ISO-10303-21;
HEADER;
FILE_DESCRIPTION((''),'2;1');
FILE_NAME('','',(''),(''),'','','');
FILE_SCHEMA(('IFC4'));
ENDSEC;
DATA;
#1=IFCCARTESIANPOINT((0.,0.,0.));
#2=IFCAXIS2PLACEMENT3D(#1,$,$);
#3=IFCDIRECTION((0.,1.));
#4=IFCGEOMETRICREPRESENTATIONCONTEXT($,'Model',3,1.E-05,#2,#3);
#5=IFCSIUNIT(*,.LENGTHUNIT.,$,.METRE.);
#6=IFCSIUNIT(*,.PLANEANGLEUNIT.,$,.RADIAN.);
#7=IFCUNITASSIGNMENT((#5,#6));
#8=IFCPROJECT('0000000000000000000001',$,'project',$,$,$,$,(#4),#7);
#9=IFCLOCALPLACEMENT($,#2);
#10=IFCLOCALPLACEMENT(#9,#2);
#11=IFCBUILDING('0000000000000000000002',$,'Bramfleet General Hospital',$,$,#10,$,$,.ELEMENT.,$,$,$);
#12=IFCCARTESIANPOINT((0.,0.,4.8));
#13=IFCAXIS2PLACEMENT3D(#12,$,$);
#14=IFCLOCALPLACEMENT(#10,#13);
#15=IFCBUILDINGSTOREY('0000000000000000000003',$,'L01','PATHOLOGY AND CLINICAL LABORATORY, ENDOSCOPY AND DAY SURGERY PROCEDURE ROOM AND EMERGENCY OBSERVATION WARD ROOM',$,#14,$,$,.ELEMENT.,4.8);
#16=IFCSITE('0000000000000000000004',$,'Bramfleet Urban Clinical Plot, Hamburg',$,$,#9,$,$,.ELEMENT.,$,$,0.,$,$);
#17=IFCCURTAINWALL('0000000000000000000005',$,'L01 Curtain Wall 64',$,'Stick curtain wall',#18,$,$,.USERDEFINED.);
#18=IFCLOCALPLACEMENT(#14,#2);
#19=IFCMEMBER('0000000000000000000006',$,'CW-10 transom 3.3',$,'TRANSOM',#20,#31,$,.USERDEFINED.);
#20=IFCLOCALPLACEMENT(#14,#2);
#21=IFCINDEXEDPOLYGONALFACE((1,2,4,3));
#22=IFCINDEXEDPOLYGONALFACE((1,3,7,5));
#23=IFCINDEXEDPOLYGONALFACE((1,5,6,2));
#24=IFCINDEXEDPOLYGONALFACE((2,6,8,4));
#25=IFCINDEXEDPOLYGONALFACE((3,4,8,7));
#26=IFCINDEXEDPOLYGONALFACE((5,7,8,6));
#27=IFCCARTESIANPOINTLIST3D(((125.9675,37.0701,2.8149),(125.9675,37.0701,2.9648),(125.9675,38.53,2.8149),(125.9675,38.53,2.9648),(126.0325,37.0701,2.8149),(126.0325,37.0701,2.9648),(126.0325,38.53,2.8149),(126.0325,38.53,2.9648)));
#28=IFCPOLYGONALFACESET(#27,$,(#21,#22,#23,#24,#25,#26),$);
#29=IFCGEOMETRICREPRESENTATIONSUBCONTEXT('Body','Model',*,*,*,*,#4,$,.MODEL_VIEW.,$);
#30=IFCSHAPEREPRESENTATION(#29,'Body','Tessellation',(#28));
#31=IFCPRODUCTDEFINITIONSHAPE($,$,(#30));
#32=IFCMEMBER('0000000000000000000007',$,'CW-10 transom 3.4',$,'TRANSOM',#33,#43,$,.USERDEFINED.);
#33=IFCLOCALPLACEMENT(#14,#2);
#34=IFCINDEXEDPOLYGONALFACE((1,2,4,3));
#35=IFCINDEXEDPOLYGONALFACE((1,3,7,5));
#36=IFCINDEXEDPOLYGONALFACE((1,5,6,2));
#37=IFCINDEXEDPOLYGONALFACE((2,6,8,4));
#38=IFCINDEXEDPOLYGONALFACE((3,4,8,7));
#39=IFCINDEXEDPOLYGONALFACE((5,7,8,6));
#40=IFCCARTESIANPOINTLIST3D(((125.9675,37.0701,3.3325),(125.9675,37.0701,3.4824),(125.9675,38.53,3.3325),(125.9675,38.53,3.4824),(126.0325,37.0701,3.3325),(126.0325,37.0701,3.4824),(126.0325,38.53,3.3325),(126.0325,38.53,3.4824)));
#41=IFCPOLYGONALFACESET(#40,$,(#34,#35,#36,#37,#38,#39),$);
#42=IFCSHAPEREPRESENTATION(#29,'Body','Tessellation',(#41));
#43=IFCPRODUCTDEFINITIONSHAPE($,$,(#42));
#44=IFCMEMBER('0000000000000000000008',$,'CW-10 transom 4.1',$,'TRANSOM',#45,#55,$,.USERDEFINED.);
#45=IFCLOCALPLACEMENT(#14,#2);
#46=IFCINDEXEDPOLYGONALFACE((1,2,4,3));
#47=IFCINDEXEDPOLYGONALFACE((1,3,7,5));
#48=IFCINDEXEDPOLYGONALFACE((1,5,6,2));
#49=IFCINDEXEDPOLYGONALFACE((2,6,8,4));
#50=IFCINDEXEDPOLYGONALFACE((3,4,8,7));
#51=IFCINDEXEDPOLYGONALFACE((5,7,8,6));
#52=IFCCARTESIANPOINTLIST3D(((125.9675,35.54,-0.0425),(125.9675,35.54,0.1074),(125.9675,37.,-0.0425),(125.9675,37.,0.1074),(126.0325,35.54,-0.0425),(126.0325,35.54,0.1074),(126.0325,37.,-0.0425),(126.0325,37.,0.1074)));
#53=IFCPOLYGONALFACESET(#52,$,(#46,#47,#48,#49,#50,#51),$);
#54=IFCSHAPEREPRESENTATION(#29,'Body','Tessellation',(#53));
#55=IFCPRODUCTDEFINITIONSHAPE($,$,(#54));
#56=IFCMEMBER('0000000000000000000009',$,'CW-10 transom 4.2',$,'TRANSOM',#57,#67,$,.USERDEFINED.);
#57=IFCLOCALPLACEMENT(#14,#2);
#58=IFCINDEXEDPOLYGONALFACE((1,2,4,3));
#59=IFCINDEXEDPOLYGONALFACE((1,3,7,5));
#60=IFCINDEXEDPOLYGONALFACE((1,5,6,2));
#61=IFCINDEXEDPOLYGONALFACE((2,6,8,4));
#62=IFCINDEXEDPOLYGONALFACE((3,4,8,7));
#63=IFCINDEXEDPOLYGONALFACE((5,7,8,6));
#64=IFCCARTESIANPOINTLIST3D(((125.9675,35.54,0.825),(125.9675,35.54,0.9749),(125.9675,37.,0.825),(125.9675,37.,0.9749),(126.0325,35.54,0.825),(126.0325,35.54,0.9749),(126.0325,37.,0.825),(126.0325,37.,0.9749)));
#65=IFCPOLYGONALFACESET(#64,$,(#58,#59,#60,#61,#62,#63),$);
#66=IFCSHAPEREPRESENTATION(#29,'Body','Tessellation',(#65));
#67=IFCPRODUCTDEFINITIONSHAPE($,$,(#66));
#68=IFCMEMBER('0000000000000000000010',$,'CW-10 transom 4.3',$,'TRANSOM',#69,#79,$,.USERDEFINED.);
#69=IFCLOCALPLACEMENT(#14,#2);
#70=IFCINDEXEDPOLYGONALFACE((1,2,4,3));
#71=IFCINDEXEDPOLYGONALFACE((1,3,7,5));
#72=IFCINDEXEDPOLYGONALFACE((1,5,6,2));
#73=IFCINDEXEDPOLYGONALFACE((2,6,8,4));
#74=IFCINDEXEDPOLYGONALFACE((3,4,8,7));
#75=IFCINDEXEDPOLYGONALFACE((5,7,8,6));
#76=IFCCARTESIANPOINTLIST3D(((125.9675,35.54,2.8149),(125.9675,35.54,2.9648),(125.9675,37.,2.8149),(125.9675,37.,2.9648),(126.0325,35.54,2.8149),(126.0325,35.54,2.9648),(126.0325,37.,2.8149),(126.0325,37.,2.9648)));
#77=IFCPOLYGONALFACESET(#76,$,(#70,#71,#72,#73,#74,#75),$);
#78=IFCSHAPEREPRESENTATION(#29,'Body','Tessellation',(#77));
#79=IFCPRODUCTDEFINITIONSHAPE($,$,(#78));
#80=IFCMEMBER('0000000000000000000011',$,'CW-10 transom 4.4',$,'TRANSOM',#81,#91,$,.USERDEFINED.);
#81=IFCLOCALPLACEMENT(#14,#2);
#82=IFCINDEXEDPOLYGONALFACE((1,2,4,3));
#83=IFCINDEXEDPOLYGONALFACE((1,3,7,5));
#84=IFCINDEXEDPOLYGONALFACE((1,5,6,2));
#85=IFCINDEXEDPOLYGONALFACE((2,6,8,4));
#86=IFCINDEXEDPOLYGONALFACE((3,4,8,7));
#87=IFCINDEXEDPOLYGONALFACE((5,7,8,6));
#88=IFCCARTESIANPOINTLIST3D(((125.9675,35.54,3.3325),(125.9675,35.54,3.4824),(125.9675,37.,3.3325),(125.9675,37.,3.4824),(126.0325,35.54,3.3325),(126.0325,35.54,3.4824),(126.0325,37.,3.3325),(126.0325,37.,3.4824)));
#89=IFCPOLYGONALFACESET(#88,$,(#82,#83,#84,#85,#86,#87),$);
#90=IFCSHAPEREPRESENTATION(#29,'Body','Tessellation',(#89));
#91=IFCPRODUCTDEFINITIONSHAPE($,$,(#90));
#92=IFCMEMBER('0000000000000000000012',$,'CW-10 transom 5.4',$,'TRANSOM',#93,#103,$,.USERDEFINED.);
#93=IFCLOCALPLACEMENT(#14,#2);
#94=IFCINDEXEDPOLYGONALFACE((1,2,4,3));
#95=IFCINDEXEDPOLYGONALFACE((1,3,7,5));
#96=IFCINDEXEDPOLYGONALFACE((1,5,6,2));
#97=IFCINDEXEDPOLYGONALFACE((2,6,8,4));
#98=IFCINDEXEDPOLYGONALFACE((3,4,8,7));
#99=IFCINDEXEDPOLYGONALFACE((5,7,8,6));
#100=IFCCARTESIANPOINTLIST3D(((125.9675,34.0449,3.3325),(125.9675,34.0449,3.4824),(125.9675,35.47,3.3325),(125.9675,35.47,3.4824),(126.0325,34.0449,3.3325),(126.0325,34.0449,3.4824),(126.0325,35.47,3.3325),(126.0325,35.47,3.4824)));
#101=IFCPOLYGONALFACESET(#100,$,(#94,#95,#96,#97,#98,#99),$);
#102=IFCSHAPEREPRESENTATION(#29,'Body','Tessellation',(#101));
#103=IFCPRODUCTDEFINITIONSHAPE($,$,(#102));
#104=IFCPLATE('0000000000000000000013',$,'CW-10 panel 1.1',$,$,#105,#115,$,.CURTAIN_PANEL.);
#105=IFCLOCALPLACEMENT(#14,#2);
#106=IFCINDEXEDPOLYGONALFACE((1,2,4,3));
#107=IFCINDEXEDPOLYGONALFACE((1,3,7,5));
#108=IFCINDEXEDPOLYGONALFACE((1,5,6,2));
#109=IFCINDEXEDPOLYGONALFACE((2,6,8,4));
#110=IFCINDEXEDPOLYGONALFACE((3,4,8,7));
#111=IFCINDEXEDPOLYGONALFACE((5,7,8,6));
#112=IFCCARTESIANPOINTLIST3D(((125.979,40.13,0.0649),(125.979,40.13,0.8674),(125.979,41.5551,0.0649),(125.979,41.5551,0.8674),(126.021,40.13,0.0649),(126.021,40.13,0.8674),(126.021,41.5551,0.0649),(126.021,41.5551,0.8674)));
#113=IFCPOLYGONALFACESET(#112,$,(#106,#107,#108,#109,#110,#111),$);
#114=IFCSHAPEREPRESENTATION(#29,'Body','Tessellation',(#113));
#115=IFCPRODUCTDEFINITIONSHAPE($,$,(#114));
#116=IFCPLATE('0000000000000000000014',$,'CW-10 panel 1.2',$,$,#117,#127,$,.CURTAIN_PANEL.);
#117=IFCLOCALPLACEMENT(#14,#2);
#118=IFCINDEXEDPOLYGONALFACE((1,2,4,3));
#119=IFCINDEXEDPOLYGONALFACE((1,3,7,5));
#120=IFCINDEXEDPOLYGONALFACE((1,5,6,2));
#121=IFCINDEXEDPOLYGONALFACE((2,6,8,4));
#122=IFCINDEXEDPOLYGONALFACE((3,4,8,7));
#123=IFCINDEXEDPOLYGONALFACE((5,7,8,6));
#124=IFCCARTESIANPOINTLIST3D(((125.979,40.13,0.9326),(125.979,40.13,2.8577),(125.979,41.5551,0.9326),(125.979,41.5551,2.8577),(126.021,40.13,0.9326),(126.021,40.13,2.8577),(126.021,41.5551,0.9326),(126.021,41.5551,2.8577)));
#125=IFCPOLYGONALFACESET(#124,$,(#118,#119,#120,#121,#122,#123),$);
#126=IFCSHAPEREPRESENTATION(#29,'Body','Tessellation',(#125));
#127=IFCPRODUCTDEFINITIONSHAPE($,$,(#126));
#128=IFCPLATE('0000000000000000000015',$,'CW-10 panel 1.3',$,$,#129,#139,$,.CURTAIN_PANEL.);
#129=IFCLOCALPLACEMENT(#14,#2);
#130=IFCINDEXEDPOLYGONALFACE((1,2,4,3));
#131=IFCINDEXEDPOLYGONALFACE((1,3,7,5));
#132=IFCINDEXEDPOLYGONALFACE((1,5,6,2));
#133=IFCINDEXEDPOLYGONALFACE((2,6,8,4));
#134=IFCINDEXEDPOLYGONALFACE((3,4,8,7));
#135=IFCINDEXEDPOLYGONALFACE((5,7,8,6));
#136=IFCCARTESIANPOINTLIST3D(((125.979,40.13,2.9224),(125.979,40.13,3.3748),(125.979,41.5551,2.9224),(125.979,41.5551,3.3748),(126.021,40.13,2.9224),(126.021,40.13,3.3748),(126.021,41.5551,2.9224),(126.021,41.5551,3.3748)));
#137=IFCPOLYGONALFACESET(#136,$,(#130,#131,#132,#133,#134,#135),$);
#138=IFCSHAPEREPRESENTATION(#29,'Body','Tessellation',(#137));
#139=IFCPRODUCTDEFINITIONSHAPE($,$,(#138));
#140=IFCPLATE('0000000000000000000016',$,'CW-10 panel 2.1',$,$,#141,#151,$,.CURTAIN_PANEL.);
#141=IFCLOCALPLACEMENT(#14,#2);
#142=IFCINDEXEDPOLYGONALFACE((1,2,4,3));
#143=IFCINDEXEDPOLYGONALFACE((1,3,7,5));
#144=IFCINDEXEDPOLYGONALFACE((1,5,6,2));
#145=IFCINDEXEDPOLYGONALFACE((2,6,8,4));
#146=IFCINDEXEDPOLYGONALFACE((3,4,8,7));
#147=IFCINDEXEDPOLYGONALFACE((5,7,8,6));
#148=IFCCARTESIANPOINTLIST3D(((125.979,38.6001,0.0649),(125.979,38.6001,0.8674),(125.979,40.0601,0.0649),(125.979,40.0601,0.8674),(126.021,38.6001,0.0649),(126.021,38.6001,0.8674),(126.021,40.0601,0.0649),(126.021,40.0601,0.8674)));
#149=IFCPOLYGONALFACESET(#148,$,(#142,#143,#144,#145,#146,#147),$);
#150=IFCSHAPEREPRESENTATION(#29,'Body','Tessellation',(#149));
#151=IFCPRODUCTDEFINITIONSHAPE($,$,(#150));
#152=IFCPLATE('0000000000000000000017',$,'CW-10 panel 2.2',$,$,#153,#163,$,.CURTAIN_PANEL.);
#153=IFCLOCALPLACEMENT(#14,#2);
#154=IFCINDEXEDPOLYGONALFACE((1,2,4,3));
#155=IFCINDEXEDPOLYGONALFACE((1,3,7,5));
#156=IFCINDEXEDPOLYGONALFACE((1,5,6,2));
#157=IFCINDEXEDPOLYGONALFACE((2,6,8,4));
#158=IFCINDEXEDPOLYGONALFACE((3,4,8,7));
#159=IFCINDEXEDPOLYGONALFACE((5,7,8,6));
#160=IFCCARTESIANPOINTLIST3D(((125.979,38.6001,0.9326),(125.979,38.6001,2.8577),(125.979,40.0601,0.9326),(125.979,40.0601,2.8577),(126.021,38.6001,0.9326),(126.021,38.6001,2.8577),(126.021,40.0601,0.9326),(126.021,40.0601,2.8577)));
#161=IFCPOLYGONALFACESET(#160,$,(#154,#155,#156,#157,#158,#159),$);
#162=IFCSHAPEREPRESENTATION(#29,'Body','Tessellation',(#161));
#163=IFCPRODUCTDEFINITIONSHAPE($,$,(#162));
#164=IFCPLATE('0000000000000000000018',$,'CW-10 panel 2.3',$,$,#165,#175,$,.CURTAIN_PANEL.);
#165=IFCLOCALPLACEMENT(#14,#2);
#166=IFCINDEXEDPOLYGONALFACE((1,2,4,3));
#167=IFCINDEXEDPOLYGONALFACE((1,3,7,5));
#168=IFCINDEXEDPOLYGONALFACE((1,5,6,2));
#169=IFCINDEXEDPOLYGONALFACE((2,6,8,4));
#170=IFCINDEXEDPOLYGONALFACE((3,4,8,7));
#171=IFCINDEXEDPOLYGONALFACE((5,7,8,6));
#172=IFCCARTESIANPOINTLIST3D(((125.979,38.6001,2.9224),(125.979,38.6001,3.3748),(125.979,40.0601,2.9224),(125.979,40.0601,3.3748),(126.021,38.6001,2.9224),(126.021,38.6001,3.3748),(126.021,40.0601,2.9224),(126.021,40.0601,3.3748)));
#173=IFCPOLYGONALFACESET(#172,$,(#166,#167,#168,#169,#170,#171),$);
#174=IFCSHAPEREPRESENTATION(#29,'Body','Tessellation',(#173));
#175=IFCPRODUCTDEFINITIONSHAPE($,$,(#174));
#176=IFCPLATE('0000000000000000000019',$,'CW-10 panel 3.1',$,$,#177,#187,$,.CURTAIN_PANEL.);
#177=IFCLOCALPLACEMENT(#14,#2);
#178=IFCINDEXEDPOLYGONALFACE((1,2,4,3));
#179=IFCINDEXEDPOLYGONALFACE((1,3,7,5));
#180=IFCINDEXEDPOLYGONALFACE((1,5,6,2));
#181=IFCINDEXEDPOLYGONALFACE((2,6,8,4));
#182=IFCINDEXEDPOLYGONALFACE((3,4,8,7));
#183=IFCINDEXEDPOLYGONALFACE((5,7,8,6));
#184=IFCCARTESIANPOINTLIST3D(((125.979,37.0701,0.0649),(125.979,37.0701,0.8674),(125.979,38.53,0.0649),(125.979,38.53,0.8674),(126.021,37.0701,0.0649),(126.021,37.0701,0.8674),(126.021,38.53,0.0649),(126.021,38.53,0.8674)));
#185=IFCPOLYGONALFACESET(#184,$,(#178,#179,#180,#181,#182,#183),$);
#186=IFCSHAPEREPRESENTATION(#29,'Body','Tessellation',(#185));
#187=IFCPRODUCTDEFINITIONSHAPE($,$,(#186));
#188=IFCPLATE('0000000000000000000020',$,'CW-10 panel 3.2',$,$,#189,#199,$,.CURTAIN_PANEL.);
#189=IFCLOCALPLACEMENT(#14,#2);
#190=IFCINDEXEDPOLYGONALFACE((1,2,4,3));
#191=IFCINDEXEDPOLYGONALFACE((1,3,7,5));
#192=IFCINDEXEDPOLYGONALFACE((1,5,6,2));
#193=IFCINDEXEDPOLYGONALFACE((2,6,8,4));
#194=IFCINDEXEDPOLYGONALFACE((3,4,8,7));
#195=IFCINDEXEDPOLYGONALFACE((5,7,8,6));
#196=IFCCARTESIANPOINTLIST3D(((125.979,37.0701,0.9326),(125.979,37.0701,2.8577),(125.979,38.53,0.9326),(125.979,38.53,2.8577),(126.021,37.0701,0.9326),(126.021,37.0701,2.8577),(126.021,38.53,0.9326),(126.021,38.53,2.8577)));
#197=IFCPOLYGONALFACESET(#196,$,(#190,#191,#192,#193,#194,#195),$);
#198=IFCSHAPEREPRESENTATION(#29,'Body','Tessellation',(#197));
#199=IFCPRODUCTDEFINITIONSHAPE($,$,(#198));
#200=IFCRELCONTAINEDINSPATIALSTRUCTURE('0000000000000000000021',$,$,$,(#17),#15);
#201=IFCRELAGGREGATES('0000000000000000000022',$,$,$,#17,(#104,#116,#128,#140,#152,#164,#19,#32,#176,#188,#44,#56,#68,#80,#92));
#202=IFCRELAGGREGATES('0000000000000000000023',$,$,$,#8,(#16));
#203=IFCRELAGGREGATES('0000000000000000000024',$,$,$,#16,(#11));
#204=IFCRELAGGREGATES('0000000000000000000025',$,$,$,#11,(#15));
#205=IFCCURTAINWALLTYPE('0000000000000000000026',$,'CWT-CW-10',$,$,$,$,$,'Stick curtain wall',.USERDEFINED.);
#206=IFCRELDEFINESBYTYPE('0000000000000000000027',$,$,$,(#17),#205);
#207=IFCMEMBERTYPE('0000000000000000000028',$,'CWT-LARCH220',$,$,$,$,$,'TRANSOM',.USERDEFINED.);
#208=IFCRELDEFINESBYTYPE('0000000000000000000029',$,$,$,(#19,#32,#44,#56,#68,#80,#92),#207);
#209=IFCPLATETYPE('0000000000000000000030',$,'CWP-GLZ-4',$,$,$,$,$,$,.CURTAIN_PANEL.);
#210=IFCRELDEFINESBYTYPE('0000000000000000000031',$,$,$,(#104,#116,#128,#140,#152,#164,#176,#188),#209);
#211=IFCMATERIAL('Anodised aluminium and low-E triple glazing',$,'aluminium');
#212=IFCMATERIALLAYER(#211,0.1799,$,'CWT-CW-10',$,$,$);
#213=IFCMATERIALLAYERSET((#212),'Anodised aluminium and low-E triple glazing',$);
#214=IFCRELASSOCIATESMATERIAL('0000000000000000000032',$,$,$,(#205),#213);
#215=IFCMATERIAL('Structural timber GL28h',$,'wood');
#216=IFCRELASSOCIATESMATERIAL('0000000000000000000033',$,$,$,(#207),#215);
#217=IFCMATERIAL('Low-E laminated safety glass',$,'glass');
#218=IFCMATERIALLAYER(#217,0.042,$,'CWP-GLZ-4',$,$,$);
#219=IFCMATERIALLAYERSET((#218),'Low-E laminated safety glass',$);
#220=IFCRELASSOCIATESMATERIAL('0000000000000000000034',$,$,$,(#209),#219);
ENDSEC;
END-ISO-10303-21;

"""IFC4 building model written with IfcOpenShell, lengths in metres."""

from ifc_helpers import new_model, si_unit, direction, frame, origin, origin_2d, place, context, subcontext, project, spatial, rectangle, extrude, material, layer, layer_set, material_profile, profile_set, type_object, element, aggregate, save


model = new_model("IFC4")

# Units and contexts
model_context = context("Model", 3, precision=1e-05, world=origin(), true_north=direction((0.0, 1.0)))
body_context = subcontext(model_context, "Body", "Model", "MODEL_VIEW")
ifc_project = project(units=[si_unit("LENGTHUNIT", "METRE"), si_unit("PLANEANGLEUNIT", "RADIAN")], contexts=[model_context])

# Site, building, storey
site_placement = place(None, origin())
site = spatial("IfcSite", under=ifc_project, at=site_placement, Name="Bramfleet Urban Clinical Plot, Hamburg", CompositionType="ELEMENT", RefElevation=0.0)
building_placement = place(site_placement, origin())
building = spatial("IfcBuilding", under=site, at=building_placement, Name="Bramfleet General Hospital", CompositionType="ELEMENT")
storey_placement = place(building_placement, frame((0.0, 0.0, 4.8)))
storey = spatial("IfcBuildingStorey", under=building, at=storey_placement, Name="L01", Description="PATHOLOGY AND CLINICAL LABORATORY, ENDOSCOPY AND DAY SURGERY PROCEDURE ROOM AND EMERGENCY OBSERVATION WARD ROOM", CompositionType="ELEMENT", Elevation=4.8)

# Curtain wall, members, plates
ifc_material_1 = material(Name="Anodised aluminium and low-E triple glazing", Category="aluminium")
ifc_layer_1 = layer(ifc_material_1, 0.1799, Name="CWT-CW-10")
ifc_layer_set_1 = layer_set([ifc_layer_1], Name="Anodised aluminium and low-E triple glazing")
curtain_wall_type = type_object("IfcCurtainWallType", Name="CWT-CW-10", ElementType="Stick curtain wall", PredefinedType="USERDEFINED", material=ifc_layer_set_1)
curtain_wall_placement = place(storey_placement, origin())
curtain_wall = element("IfcCurtainWall", 1, at=curtain_wall_placement, inside=storey, type_object=curtain_wall_type, Name="L01 Curtain Wall 64", ObjectType="Stick curtain wall", PredefinedType="USERDEFINED")
ifc_material_2 = material(Name="Structural timber GL28h", Category="wood")
ifc_material_profile_1 = material_profile(ifc_material_2, rectangle(XDim=0.0649, YDim=0.1499, at=origin_2d()), Name="LARCH 150x65")
ifc_profile_set_1 = profile_set([ifc_material_profile_1], Name="Structural timber GL28h")
member_type_1 = type_object("IfcMemberType", Name="CWT-LARCH220", ElementType="TRANSOM", PredefinedType="USERDEFINED", material=ifc_profile_set_1)
member_1_placement = place(storey_placement, frame((126.0, 38.53, 2.8899), z_axis=(0.0, -1.0, 0.0), x_axis=(1.0, 0.0, 0.0)))
member_1 = element("IfcMember", 2, at=member_1_placement, type_object=member_type_1, Name="CW-10 transom 3.3", ObjectType="TRANSOM", PredefinedType="USERDEFINED", context=body_context, shape_type="SweptSolid", body=[
    extrude(rectangle(XDim=0.0649, YDim=0.1499, at=origin_2d()), origin(), (0.0, 0.0, 1.0), 1.46),
])
member_2_placement = place(storey_placement, frame((126.0, 38.53, 3.4075), z_axis=(0.0, -1.0, 0.0), x_axis=(1.0, 0.0, 0.0)))
member_2 = element("IfcMember", 3, at=member_2_placement, type_object=member_type_1, Name="CW-10 transom 3.4", ObjectType="TRANSOM", PredefinedType="USERDEFINED", context=body_context, shape_type="SweptSolid", body=[
    extrude(rectangle(XDim=0.0649, YDim=0.1499, at=origin_2d()), origin(), (0.0, 0.0, 1.0), 1.46),
])
member_3_placement = place(storey_placement, frame((126.0, 37.0, 0.0325), z_axis=(0.0, -1.0, 0.0), x_axis=(1.0, 0.0, 0.0)))
member_3 = element("IfcMember", 4, at=member_3_placement, type_object=member_type_1, Name="CW-10 transom 4.1", ObjectType="TRANSOM", PredefinedType="USERDEFINED", context=body_context, shape_type="SweptSolid", body=[
    extrude(rectangle(XDim=0.0649, YDim=0.1499, at=origin_2d()), origin(), (0.0, 0.0, 1.0), 1.46),
])
member_4_placement = place(storey_placement, frame((126.0, 37.0, 0.8999), z_axis=(0.0, -1.0, 0.0), x_axis=(1.0, 0.0, 0.0)))
member_4 = element("IfcMember", 5, at=member_4_placement, type_object=member_type_1, Name="CW-10 transom 4.2", ObjectType="TRANSOM", PredefinedType="USERDEFINED", context=body_context, shape_type="SweptSolid", body=[
    extrude(rectangle(XDim=0.0649, YDim=0.1499, at=origin_2d()), origin(), (0.0, 0.0, 1.0), 1.46),
])
member_5_placement = place(storey_placement, frame((126.0, 37.0, 2.8899), z_axis=(0.0, -1.0, 0.0), x_axis=(1.0, 0.0, 0.0)))
member_5 = element("IfcMember", 6, at=member_5_placement, type_object=member_type_1, Name="CW-10 transom 4.3", ObjectType="TRANSOM", PredefinedType="USERDEFINED", context=body_context, shape_type="SweptSolid", body=[
    extrude(rectangle(XDim=0.0649, YDim=0.1499, at=origin_2d()), origin(), (0.0, 0.0, 1.0), 1.46),
])
member_6_placement = place(storey_placement, frame((126.0, 37.0, 3.4075), z_axis=(0.0, -1.0, 0.0), x_axis=(1.0, 0.0, 0.0)))
member_6 = element("IfcMember", 7, at=member_6_placement, type_object=member_type_1, Name="CW-10 transom 4.4", ObjectType="TRANSOM", PredefinedType="USERDEFINED", context=body_context, shape_type="SweptSolid", body=[
    extrude(rectangle(XDim=0.0649, YDim=0.1499, at=origin_2d()), origin(), (0.0, 0.0, 1.0), 1.46),
])
member_7_placement = place(storey_placement, frame((126.0, 35.47, 3.4075), z_axis=(0.0, -1.0, 0.0), x_axis=(1.0, 0.0, 0.0)))
member_7 = element("IfcMember", 8, at=member_7_placement, type_object=member_type_1, Name="CW-10 transom 5.4", ObjectType="TRANSOM", PredefinedType="USERDEFINED", context=body_context, shape_type="SweptSolid", body=[
    extrude(rectangle(XDim=0.0649, YDim=0.1499, at=origin_2d()), origin(), (0.0, 0.0, 1.0), 1.425),
])
ifc_material_3 = material(Name="Low-E laminated safety glass", Category="glass")
ifc_layer_2 = layer(ifc_material_3, 0.042, Name="CWP-GLZ-4")
ifc_layer_set_2 = layer_set([ifc_layer_2], Name="Low-E laminated safety glass")
plate_type = type_object("IfcPlateType", Name="CWP-GLZ-4", PredefinedType="CURTAIN_PANEL", material=ifc_layer_set_2)
plate_1_placement = place(storey_placement, frame((126.0, 40.8425, 0.0649), z_axis=(0.0, 0.0, 1.0), x_axis=(0.0, -1.0, 0.0)))
plate_1 = element("IfcPlate", 9, at=plate_1_placement, type_object=plate_type, Name="CW-10 panel 1.1", PredefinedType="CURTAIN_PANEL", context=body_context, shape_type="SweptSolid", body=[
    extrude(rectangle(XDim=1.425, YDim=0.042, at=origin_2d()), origin(), (0.0, 0.0, 1.0), 0.8025),
])
plate_2_placement = place(storey_placement, frame((126.0, 40.8425, 0.9326), z_axis=(0.0, 0.0, 1.0), x_axis=(0.0, -1.0, 0.0)))
plate_2 = element("IfcPlate", 10, at=plate_2_placement, type_object=plate_type, Name="CW-10 panel 1.2", PredefinedType="CURTAIN_PANEL", context=body_context, shape_type="SweptSolid", body=[
    extrude(rectangle(XDim=1.425, YDim=0.042, at=origin_2d()), origin(), (0.0, 0.0, 1.0), 1.925),
])
plate_3_placement = place(storey_placement, frame((126.0, 40.8425, 2.9224), z_axis=(0.0, 0.0, 1.0), x_axis=(0.0, -1.0, 0.0)))
plate_3 = element("IfcPlate", 11, at=plate_3_placement, type_object=plate_type, Name="CW-10 panel 1.3", PredefinedType="CURTAIN_PANEL", context=body_context, shape_type="SweptSolid", body=[
    extrude(rectangle(XDim=1.425, YDim=0.042, at=origin_2d()), origin(), (0.0, 0.0, 1.0), 0.4524),
])
plate_4_placement = place(storey_placement, frame((126.0, 39.3301, 0.0649), z_axis=(0.0, 0.0, 1.0), x_axis=(0.0, -1.0, 0.0)))
plate_4 = element("IfcPlate", 12, at=plate_4_placement, type_object=plate_type, Name="CW-10 panel 2.1", PredefinedType="CURTAIN_PANEL", context=body_context, shape_type="SweptSolid", body=[
    extrude(rectangle(XDim=1.46, YDim=0.042, at=origin_2d()), origin(), (0.0, 0.0, 1.0), 0.8025),
])
plate_5_placement = place(storey_placement, frame((126.0, 39.3301, 0.9326), z_axis=(0.0, 0.0, 1.0), x_axis=(0.0, -1.0, 0.0)))
plate_5 = element("IfcPlate", 13, at=plate_5_placement, type_object=plate_type, Name="CW-10 panel 2.2", PredefinedType="CURTAIN_PANEL", context=body_context, shape_type="SweptSolid", body=[
    extrude(rectangle(XDim=1.46, YDim=0.042, at=origin_2d()), origin(), (0.0, 0.0, 1.0), 1.925),
])
plate_6_placement = place(storey_placement, frame((126.0, 39.3301, 2.9224), z_axis=(0.0, 0.0, 1.0), x_axis=(0.0, -1.0, 0.0)))
plate_6 = element("IfcPlate", 14, at=plate_6_placement, type_object=plate_type, Name="CW-10 panel 2.3", PredefinedType="CURTAIN_PANEL", context=body_context, shape_type="SweptSolid", body=[
    extrude(rectangle(XDim=1.46, YDim=0.042, at=origin_2d()), origin(), (0.0, 0.0, 1.0), 0.4524),
])
plate_7_placement = place(storey_placement, frame((126.0, 37.8, 0.0649), z_axis=(0.0, 0.0, 1.0), x_axis=(0.0, -1.0, 0.0)))
plate_7 = element("IfcPlate", 15, at=plate_7_placement, type_object=plate_type, Name="CW-10 panel 3.1", PredefinedType="CURTAIN_PANEL", context=body_context, shape_type="SweptSolid", body=[
    extrude(rectangle(XDim=1.46, YDim=0.042, at=origin_2d()), origin(), (0.0, 0.0, 1.0), 0.8025),
])
plate_8_placement = place(storey_placement, frame((126.0, 37.8, 0.9326), z_axis=(0.0, 0.0, 1.0), x_axis=(0.0, -1.0, 0.0)))
plate_8 = element("IfcPlate", 16, at=plate_8_placement, type_object=plate_type, Name="CW-10 panel 3.2", PredefinedType="CURTAIN_PANEL", context=body_context, shape_type="SweptSolid", body=[
    extrude(rectangle(XDim=1.46, YDim=0.042, at=origin_2d()), origin(), (0.0, 0.0, 1.0), 1.925),
])
aggregate(curtain_wall, [plate_1, plate_2, plate_3, plate_4, plate_5, plate_6, member_1, member_2, plate_7, plate_8, member_3, member_4, member_5, member_6, member_7])

save(model, "model.ifc")
